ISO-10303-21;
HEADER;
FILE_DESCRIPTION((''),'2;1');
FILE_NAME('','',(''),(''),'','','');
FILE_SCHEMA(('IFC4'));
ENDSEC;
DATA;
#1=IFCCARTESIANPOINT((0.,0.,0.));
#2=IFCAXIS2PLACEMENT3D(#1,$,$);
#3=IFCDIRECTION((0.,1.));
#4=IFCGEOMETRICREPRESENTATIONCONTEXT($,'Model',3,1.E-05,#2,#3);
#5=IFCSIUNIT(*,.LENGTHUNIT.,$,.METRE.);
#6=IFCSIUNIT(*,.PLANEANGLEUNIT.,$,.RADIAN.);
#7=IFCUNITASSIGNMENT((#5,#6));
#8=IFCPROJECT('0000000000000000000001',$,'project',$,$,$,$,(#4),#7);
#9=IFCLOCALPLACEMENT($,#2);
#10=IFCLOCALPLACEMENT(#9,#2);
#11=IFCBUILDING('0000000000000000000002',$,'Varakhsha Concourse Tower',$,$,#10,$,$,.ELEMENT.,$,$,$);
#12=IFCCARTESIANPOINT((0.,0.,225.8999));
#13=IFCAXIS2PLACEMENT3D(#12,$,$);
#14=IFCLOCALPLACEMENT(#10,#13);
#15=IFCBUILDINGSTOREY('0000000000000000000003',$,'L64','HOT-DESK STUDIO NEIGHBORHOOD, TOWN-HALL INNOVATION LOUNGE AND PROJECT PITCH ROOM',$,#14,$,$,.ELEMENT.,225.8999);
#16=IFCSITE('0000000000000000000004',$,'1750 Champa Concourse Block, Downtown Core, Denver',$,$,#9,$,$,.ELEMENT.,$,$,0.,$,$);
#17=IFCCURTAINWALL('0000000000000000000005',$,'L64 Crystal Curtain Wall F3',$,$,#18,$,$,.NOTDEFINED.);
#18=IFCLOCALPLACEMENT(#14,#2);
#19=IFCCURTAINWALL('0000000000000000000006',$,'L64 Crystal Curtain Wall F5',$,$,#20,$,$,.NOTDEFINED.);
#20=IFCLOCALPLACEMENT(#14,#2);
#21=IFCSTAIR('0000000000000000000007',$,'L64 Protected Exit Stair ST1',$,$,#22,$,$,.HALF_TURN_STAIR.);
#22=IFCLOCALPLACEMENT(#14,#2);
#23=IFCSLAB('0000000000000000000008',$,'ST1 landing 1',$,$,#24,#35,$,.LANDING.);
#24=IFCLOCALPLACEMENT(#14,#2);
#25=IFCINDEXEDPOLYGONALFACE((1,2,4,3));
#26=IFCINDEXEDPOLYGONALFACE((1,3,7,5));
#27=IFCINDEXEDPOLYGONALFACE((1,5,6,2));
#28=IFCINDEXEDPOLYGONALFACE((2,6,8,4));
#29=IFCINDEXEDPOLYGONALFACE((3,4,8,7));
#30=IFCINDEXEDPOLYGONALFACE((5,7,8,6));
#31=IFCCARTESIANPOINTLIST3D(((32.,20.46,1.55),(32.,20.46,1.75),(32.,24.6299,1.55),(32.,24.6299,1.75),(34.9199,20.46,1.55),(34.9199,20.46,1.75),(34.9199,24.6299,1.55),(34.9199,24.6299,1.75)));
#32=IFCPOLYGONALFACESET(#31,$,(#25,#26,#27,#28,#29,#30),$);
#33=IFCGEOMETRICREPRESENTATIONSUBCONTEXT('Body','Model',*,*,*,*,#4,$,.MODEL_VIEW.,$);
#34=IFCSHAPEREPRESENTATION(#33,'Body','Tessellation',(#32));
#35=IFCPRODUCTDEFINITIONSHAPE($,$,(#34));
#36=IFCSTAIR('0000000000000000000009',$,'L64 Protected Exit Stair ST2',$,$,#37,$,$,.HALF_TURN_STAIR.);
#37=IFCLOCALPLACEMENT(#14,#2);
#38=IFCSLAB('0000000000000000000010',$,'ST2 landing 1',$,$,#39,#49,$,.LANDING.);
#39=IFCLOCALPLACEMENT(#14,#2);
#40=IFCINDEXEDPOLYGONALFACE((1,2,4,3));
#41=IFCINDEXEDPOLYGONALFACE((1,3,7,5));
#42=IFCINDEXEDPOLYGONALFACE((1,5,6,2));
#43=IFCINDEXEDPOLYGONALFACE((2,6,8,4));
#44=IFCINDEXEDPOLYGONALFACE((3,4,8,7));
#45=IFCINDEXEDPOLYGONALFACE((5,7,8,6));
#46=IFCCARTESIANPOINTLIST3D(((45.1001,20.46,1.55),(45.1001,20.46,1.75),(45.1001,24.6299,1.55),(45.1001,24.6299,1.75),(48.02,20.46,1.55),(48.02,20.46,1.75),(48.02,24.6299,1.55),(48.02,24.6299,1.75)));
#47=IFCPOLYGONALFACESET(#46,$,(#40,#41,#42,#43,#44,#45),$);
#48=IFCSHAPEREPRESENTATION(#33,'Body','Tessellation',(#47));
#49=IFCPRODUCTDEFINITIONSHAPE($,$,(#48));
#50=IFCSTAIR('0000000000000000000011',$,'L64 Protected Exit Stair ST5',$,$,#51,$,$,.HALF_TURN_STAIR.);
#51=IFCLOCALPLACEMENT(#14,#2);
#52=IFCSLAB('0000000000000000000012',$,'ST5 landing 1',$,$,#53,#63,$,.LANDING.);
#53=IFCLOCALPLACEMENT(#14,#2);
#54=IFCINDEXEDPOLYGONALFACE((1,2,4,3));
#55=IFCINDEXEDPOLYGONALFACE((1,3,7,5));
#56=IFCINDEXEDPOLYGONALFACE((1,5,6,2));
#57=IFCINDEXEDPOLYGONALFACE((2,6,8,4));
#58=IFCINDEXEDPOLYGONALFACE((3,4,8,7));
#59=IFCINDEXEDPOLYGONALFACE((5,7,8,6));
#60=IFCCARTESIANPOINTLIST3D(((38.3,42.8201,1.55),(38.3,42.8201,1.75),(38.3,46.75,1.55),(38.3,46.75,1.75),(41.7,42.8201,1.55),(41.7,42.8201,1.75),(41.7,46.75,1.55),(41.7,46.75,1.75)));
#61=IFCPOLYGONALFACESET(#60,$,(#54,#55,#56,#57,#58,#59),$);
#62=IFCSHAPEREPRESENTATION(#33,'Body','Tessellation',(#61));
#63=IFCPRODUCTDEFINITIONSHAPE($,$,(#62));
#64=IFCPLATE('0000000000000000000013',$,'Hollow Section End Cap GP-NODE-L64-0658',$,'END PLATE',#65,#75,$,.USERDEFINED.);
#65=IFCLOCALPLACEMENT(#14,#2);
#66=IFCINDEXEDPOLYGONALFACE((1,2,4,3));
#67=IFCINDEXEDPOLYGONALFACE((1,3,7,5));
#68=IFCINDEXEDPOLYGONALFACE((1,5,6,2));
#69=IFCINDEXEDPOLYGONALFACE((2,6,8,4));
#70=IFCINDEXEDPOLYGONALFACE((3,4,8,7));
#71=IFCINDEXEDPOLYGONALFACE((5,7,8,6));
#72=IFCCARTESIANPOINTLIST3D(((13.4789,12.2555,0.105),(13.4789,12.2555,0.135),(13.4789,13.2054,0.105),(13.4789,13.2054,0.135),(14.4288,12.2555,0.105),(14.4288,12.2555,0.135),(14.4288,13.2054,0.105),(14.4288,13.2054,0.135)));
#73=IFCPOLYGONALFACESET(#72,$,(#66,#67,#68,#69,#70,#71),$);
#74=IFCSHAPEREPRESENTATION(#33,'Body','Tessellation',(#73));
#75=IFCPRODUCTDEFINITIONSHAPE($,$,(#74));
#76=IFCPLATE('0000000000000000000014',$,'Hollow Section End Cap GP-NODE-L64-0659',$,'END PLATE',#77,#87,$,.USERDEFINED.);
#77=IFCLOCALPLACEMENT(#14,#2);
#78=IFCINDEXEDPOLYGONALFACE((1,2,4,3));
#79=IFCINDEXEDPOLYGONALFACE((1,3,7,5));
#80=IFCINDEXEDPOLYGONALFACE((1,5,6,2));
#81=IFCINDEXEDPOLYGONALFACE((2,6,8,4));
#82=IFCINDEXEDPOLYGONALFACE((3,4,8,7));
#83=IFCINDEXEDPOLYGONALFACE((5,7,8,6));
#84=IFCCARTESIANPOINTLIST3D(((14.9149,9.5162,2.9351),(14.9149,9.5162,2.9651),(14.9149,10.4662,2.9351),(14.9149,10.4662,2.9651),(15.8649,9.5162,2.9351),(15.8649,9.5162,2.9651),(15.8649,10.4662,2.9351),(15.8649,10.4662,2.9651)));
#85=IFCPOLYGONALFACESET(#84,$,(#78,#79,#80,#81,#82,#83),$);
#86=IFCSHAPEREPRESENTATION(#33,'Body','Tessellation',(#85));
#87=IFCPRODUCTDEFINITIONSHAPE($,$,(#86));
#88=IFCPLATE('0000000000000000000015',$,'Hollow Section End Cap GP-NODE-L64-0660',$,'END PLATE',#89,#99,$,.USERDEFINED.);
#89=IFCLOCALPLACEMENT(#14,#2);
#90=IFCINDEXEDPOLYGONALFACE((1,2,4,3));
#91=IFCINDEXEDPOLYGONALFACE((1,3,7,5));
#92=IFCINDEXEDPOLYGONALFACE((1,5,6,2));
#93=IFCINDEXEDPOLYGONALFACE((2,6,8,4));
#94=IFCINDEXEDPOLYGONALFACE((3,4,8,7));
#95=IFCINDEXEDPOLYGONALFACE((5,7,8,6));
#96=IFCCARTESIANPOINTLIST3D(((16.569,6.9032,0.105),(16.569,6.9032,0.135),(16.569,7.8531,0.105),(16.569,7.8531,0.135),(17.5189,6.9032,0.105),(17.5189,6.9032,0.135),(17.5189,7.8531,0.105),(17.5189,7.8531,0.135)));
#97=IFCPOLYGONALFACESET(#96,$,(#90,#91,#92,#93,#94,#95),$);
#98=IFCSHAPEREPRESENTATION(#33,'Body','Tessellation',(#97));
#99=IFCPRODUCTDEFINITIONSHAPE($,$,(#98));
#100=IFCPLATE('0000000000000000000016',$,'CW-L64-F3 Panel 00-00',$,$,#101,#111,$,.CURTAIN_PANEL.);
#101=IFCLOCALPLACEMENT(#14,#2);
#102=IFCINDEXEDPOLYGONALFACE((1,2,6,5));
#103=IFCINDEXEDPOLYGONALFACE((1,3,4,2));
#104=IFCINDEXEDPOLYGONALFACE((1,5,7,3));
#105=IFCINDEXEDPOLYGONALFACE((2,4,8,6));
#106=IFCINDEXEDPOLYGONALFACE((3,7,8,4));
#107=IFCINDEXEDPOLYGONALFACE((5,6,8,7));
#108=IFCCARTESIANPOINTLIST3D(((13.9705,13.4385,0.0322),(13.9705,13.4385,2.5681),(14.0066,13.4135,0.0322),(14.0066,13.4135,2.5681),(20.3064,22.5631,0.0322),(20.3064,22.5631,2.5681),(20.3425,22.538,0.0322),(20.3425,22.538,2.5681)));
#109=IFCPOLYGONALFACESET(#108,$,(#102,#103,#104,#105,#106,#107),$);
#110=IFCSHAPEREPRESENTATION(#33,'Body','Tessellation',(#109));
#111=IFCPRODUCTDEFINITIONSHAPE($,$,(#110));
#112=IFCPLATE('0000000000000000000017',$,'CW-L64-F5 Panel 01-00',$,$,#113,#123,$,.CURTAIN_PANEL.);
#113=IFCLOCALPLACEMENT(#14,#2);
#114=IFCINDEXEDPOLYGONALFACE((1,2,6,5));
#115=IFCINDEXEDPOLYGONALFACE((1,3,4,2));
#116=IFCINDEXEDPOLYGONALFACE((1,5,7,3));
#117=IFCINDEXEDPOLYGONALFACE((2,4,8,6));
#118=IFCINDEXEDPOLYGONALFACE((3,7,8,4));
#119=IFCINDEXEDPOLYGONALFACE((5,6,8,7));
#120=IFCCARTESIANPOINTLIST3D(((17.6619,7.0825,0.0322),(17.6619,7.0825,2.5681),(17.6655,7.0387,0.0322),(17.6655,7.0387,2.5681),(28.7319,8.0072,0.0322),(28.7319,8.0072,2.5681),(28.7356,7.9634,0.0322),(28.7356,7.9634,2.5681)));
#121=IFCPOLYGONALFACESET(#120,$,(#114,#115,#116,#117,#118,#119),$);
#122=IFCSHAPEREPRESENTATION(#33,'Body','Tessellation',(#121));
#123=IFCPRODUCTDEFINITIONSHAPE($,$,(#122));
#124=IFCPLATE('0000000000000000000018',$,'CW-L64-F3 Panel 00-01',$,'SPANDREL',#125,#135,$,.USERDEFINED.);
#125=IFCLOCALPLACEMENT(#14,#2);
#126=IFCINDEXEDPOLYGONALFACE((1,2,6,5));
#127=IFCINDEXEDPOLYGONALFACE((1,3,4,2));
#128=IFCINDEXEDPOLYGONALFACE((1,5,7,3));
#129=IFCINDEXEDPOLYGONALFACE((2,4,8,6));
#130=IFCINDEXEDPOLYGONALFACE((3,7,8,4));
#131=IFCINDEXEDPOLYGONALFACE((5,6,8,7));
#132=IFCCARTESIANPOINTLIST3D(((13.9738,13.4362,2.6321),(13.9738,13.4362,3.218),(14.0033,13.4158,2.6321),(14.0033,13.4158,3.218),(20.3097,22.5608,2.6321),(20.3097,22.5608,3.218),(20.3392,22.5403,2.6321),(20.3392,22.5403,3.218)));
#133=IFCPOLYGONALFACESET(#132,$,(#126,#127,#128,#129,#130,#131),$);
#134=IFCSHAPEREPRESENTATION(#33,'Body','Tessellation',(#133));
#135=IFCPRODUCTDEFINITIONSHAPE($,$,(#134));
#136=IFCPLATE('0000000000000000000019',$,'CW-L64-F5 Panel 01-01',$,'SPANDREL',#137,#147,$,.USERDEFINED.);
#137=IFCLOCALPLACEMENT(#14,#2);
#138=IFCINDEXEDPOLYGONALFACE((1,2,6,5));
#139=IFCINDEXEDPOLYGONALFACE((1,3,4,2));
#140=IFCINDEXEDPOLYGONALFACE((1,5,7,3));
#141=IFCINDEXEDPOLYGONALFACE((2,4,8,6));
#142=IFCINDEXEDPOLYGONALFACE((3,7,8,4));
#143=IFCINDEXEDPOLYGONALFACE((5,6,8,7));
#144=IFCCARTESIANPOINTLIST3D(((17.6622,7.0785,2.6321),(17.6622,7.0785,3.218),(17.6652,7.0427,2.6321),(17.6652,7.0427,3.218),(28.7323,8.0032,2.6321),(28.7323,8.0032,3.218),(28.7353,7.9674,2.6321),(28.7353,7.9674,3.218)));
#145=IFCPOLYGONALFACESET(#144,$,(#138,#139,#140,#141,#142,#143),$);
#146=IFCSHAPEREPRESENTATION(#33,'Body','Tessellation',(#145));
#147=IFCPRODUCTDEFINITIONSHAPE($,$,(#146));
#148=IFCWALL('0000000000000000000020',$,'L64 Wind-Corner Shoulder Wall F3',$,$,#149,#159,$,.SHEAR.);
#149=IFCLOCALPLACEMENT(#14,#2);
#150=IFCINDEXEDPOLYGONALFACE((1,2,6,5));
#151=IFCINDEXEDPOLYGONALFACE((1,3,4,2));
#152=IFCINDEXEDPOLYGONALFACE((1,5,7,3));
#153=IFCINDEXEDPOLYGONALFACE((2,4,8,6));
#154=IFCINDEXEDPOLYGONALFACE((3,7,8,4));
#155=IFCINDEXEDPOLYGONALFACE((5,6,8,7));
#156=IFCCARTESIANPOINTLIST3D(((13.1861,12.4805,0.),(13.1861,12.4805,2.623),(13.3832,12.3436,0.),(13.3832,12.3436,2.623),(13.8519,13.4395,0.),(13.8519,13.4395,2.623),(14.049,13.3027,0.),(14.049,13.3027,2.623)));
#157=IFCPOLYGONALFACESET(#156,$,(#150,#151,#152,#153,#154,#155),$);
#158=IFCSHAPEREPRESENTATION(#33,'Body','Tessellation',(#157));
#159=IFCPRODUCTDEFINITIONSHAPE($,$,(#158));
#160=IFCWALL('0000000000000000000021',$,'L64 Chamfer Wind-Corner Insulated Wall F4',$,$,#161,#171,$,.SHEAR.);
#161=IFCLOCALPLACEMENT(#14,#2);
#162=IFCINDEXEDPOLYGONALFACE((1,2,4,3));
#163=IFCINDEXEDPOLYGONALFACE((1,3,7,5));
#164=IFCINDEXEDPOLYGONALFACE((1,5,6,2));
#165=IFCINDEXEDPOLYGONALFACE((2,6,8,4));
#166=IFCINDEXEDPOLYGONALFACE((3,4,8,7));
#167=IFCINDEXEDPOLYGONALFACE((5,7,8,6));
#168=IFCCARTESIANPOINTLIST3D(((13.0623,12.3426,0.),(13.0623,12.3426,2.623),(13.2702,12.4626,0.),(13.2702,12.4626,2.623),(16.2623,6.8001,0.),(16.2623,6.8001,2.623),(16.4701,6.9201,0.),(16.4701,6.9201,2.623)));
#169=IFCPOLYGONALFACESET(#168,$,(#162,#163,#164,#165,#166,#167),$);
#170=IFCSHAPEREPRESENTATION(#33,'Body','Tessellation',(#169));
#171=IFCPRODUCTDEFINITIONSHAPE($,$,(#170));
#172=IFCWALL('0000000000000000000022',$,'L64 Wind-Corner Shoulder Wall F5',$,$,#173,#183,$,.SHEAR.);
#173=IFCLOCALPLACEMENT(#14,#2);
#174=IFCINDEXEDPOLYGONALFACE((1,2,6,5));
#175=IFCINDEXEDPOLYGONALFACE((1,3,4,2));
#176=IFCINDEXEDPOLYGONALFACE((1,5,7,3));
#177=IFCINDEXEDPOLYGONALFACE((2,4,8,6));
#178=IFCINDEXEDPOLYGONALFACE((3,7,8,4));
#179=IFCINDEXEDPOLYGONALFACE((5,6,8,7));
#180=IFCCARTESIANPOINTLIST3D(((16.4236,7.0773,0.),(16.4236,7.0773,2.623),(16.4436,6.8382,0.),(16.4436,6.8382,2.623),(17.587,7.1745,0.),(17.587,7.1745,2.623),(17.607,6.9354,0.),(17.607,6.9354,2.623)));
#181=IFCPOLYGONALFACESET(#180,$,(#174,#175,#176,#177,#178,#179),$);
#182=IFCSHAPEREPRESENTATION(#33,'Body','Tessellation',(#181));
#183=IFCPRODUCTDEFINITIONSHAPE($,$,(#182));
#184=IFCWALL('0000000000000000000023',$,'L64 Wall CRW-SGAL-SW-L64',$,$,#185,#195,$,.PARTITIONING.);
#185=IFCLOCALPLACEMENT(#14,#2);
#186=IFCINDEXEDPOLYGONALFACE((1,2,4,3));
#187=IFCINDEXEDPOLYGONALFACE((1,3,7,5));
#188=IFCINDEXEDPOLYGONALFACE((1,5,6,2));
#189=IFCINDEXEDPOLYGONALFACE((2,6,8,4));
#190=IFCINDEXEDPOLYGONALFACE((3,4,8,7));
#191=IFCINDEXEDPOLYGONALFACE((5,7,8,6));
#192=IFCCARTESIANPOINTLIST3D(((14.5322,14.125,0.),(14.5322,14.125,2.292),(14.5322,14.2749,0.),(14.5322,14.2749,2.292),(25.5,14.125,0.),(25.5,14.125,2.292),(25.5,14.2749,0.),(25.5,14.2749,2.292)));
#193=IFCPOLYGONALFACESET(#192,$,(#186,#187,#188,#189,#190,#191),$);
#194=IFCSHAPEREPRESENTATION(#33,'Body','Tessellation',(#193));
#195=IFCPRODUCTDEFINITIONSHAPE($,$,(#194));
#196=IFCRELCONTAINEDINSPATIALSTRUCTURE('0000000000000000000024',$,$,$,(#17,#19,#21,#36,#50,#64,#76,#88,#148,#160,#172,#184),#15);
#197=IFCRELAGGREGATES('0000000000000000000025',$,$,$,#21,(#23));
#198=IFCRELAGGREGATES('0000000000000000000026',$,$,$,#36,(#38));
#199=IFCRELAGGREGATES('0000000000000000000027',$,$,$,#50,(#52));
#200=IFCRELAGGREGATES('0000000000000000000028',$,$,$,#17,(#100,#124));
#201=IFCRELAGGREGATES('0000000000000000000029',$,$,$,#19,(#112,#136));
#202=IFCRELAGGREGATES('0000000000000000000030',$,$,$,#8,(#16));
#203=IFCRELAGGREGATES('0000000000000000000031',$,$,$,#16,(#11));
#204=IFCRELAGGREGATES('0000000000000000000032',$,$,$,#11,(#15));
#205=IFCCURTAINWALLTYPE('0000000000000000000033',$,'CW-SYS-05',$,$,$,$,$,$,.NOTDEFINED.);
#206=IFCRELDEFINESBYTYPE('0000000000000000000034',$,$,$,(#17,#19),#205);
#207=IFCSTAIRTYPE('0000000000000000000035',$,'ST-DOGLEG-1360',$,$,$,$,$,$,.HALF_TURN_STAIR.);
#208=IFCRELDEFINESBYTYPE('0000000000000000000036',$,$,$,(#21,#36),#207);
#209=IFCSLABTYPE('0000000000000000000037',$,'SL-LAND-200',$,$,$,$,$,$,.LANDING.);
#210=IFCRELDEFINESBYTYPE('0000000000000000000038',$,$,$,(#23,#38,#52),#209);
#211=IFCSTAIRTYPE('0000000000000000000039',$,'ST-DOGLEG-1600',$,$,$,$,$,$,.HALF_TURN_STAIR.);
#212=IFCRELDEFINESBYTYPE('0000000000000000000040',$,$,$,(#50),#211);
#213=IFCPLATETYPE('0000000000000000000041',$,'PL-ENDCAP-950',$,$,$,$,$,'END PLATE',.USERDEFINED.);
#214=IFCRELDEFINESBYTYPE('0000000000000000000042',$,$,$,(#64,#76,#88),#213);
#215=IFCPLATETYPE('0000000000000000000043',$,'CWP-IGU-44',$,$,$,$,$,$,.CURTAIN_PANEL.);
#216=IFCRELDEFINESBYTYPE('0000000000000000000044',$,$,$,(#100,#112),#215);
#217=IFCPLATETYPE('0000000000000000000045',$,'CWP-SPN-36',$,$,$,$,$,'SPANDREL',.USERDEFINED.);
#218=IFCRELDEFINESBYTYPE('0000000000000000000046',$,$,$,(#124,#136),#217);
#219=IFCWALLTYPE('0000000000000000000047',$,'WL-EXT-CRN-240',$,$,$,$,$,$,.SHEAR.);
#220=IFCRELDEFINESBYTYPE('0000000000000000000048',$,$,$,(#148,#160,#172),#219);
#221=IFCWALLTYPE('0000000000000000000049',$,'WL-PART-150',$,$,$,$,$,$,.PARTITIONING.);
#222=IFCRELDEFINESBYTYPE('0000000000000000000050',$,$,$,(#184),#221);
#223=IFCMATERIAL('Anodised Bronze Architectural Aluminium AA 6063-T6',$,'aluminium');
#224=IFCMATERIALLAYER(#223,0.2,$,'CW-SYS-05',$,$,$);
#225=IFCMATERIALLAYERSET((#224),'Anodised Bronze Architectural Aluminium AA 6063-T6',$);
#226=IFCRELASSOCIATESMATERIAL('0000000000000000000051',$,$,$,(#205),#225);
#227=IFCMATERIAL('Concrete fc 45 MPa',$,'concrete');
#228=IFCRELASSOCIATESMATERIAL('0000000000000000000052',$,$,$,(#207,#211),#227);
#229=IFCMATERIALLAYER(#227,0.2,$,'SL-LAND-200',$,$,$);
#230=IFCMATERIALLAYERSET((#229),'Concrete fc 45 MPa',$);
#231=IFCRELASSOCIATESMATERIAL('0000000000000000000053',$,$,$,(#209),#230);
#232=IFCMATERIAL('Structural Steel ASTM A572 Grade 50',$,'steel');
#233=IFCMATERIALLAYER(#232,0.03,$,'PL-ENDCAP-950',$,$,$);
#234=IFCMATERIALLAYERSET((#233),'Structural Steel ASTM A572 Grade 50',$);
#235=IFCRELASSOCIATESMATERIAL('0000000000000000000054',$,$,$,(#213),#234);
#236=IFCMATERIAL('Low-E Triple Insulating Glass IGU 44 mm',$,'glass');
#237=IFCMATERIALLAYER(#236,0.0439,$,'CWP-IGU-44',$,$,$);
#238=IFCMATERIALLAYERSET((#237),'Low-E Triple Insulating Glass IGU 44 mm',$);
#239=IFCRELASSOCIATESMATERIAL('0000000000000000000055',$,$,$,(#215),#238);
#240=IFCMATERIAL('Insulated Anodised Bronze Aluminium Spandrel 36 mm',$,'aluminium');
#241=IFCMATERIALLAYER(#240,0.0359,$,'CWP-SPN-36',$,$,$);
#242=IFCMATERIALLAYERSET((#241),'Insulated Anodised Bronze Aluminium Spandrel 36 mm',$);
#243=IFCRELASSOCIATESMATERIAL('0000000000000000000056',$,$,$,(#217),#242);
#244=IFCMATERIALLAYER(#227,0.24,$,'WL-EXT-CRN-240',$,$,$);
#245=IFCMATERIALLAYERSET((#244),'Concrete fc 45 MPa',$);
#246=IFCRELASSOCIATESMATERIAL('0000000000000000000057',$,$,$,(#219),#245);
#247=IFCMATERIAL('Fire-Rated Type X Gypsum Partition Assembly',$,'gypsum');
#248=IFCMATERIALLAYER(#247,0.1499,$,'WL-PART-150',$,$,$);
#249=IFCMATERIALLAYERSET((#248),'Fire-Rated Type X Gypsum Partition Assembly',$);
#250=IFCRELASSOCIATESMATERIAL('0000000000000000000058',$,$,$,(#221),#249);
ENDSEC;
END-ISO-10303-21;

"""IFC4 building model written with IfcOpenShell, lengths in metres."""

from ifc_helpers import new_model, si_unit, direction, frame, frame_2d, origin, origin_2d, place, context, subcontext, project, spatial, polyline, rectangle, outline, extrude, source, transform, mapped, material, layer, layer_set, type_object, type_shapes, element, aggregate, save


model = new_model("IFC4")

# Units and contexts
model_context = context("Model", 3, precision=1e-05, world=origin(), true_north=direction((0.0, 1.0)))
body_context = subcontext(model_context, "Body", "Model", "MODEL_VIEW")
ifc_project = project(units=[si_unit("LENGTHUNIT", "METRE"), si_unit("PLANEANGLEUNIT", "RADIAN")], contexts=[model_context])

# Site, building, storey
site_placement = place(None, origin())
site = spatial("IfcSite", under=ifc_project, at=site_placement, Name="1750 Champa Concourse Block, Downtown Core, Denver", CompositionType="ELEMENT", RefElevation=0.0)
building_placement = place(site_placement, origin())
building = spatial("IfcBuilding", under=site, at=building_placement, Name="Varakhsha Concourse Tower", CompositionType="ELEMENT")
storey_placement = place(building_placement, frame((0.0, 0.0, 225.8999)))
storey = spatial("IfcBuildingStorey", under=building, at=storey_placement, Name="L64", Description="HOT-DESK STUDIO NEIGHBORHOOD, TOWN-HALL INNOVATION LOUNGE AND PROJECT PITCH ROOM", CompositionType="ELEMENT", Elevation=225.8999)

# Shared definitions
ifc_material_1 = material(Name="Structural Steel ASTM A572 Grade 50", Category="steel")

# Curtain walls
ifc_material_2 = material(Name="Anodised Bronze Architectural Aluminium AA 6063-T6", Category="aluminium")
ifc_layer_1 = layer(ifc_material_2, 0.2, Name="CW-SYS-05")
ifc_layer_set_1 = layer_set([ifc_layer_1], Name="Anodised Bronze Architectural Aluminium AA 6063-T6")
curtain_wall_type = type_object("IfcCurtainWallType", Name="CW-SYS-05", PredefinedType="NOTDEFINED", material=ifc_layer_set_1)
curtain_wall_1_placement = place(storey_placement, origin())
curtain_wall_1 = element("IfcCurtainWall", 1, at=curtain_wall_1_placement, inside=storey, type_object=curtain_wall_type, Name="L64 Crystal Curtain Wall F3", PredefinedType="NOTDEFINED")
curtain_wall_2_placement = place(storey_placement, origin())
curtain_wall_2 = element("IfcCurtainWall", 2, at=curtain_wall_2_placement, inside=storey, type_object=curtain_wall_type, Name="L64 Crystal Curtain Wall F5", PredefinedType="NOTDEFINED")

# Shared definitions
ifc_material_3 = material(Name="Concrete fc 45 MPa", Category="concrete")

# Stairs, slabs
stair_type_1 = type_object("IfcStairType", Name="ST-DOGLEG-1360", PredefinedType="HALF_TURN_STAIR", material=ifc_material_3)
stair_1_placement = place(storey_placement, origin())
stair_1 = element("IfcStair", 3, at=stair_1_placement, inside=storey, type_object=stair_type_1, Name="L64 Protected Exit Stair ST1", PredefinedType="HALF_TURN_STAIR")
ifc_layer_2 = layer(ifc_material_3, 0.2, Name="SL-LAND-200")
ifc_layer_set_2 = layer_set([ifc_layer_2], Name="Concrete fc 45 MPa")
slab_type_1 = type_object("IfcSlabType", Name="SL-LAND-200", PredefinedType="LANDING", material=ifc_layer_set_2)
slab_1_placement = place(storey_placement, frame((0.0, 0.0, 1.55)))
slab_1 = element("IfcSlab", 4, at=slab_1_placement, type_object=slab_type_1, Name="ST1 landing 1", PredefinedType="LANDING", context=body_context, shape_type="SweptSolid", body=[
    extrude(outline(polyline([(34.9199, 20.46), (34.9199, 24.6299), (32.0, 24.6299), (32.0, 20.46), (34.9199, 20.46)])), origin(), (0.0, 0.0, 1.0), 0.2),
])
aggregate(stair_1, [slab_1])
stair_2_placement = place(storey_placement, origin())
stair_2 = element("IfcStair", 5, at=stair_2_placement, inside=storey, type_object=stair_type_1, Name="L64 Protected Exit Stair ST2", PredefinedType="HALF_TURN_STAIR")
slab_2_placement = place(storey_placement, frame((0.0, 0.0, 1.55)))
slab_2 = element("IfcSlab", 6, at=slab_2_placement, type_object=slab_type_1, Name="ST2 landing 1", PredefinedType="LANDING", context=body_context, shape_type="SweptSolid", body=[
    extrude(outline(polyline([(48.02, 20.46), (48.02, 24.6299), (45.1001, 24.6299), (45.1001, 20.46), (48.02, 20.46)])), origin(), (0.0, 0.0, 1.0), 0.2),
])
aggregate(stair_2, [slab_2])
stair_type_2 = type_object("IfcStairType", Name="ST-DOGLEG-1600", PredefinedType="HALF_TURN_STAIR", material=ifc_material_3)
stair_3_placement = place(storey_placement, origin())
stair_3 = element("IfcStair", 7, at=stair_3_placement, inside=storey, type_object=stair_type_2, Name="L64 Protected Exit Stair ST5", PredefinedType="HALF_TURN_STAIR")
slab_3_placement = place(storey_placement, frame((0.0, 0.0, 1.55)))
slab_3 = element("IfcSlab", 8, at=slab_3_placement, type_object=slab_type_1, Name="ST5 landing 1", PredefinedType="LANDING", context=body_context, shape_type="SweptSolid", body=[
    extrude(outline(polyline([(41.7, 42.8201), (41.7, 46.75), (38.3, 46.75), (38.3, 42.8201), (41.7, 42.8201)])), origin(), (0.0, 0.0, 1.0), 0.2),
])
aggregate(stair_3, [slab_3])

# Plates
ifc_layer_3 = layer(ifc_material_1, 0.03, Name="PL-ENDCAP-950")
ifc_layer_set_3 = layer_set([ifc_layer_3], Name="Structural Steel ASTM A572 Grade 50")
plate_type_1 = type_object("IfcPlateType", Name="PL-ENDCAP-950", ElementType="END PLATE", PredefinedType="USERDEFINED", material=ifc_layer_set_3)
shared_shape_1 = source(origin(), body_context, "Body", "SweptSolid", [
    extrude(rectangle(XDim=0.95, YDim=0.95, at=origin_2d()), origin(), (0.0, 0.0, 1.0), 0.03),
])
type_shapes(plate_type_1, [shared_shape_1])
for number, where, z_axis, x_axis, name in (
    (9, (13.9539, 12.7305, 0.105), (0.0, 0.0, 1.0), (1.0, 0.0, 0.0), "Hollow Section End Cap GP-NODE-L64-0658"),
    (10, (15.3899, 9.9912, 2.9351), (0.0, 0.0, 1.0), (1.0, 0.0, 0.0), "Hollow Section End Cap GP-NODE-L64-0659"),
    (11, (17.0439, 7.3782, 0.105), (0.0, 0.0, 1.0), (1.0, 0.0, 0.0), "Hollow Section End Cap GP-NODE-L64-0660"),
):
    element("IfcPlate", number, at=place(storey_placement, frame(where, z_axis=z_axis, x_axis=x_axis)), inside=storey, type_object=plate_type_1, Name=name, ObjectType="END PLATE", PredefinedType="USERDEFINED", context=body_context, shape_type="MappedRepresentation", body=[
        mapped(shared_shape_1, transform((0.0, 0.0, 0.0), scale=1.0)),
    ])

# Plates
ifc_material_4 = material(Name="Low-E Triple Insulating Glass IGU 44 mm", Category="glass")
ifc_layer_4 = layer(ifc_material_4, 0.0439, Name="CWP-IGU-44")
ifc_layer_set_4 = layer_set([ifc_layer_4], Name="Low-E Triple Insulating Glass IGU 44 mm")
plate_type_2 = type_object("IfcPlateType", Name="CWP-IGU-44", PredefinedType="CURTAIN_PANEL", material=ifc_layer_set_4)
shared_shape_2 = source(origin(), body_context, "Body", "SweptSolid", [
    extrude(rectangle(XDim=11.1086, YDim=0.0439, at=origin_2d()), origin(), (0.0, 0.0, 1.0), 2.5359),
])
type_shapes(plate_type_2, [shared_shape_2])
plate_1_placement = place(storey_placement, frame((17.1565, 17.9883, 0.0322), z_axis=(0.0, 0.0, 1.0), x_axis=(0.570361, 0.821394, 0.0)))
plate_1 = element("IfcPlate", 12, at=plate_1_placement, type_object=plate_type_2, Name="CW-L64-F3 Panel 00-00", PredefinedType="CURTAIN_PANEL", context=body_context, shape_type="MappedRepresentation", body=[
    mapped(shared_shape_2, transform((0.0, 0.0, 0.0), scale=1.0)),
])
plate_2_placement = place(storey_placement, frame((23.1987, 7.5229, 0.0322), z_axis=(0.0, 0.0, 1.0), x_axis=(-0.996529, -0.083247, 0.0)))
plate_2 = element("IfcPlate", 13, at=plate_2_placement, type_object=plate_type_2, Name="CW-L64-F5 Panel 01-00", PredefinedType="CURTAIN_PANEL", context=body_context, shape_type="MappedRepresentation", body=[
    mapped(shared_shape_2, transform((0.0, 0.0, 0.0), scale=1.0)),
])
ifc_material_5 = material(Name="Insulated Anodised Bronze Aluminium Spandrel 36 mm", Category="aluminium")
ifc_layer_5 = layer(ifc_material_5, 0.0359, Name="CWP-SPN-36")
ifc_layer_set_5 = layer_set([ifc_layer_5], Name="Insulated Anodised Bronze Aluminium Spandrel 36 mm")
plate_type_3 = type_object("IfcPlateType", Name="CWP-SPN-36", ElementType="SPANDREL", PredefinedType="USERDEFINED", material=ifc_layer_set_5)
shared_shape_3 = source(origin(), body_context, "Body", "SweptSolid", [
    extrude(rectangle(XDim=11.1086, YDim=0.0359, at=origin_2d()), origin(), (0.0, 0.0, 1.0), 0.5859),
])
type_shapes(plate_type_3, [shared_shape_3])
plate_3_placement = place(storey_placement, frame((17.1565, 17.9883, 2.6321), z_axis=(0.0, 0.0, 1.0), x_axis=(0.570361, 0.821394, 0.0)))
plate_3 = element("IfcPlate", 14, at=plate_3_placement, type_object=plate_type_3, Name="CW-L64-F3 Panel 00-01", ObjectType="SPANDREL", PredefinedType="USERDEFINED", context=body_context, shape_type="MappedRepresentation", body=[
    mapped(shared_shape_3, transform((0.0, 0.0, 0.0), scale=1.0)),
])
aggregate(curtain_wall_1, [plate_1, plate_3])
plate_4_placement = place(storey_placement, frame((23.1987, 7.5229, 2.6321), z_axis=(0.0, 0.0, 1.0), x_axis=(-0.996529, -0.083247, 0.0)))
plate_4 = element("IfcPlate", 15, at=plate_4_placement, type_object=plate_type_3, Name="CW-L64-F5 Panel 01-01", ObjectType="SPANDREL", PredefinedType="USERDEFINED", context=body_context, shape_type="MappedRepresentation", body=[
    mapped(shared_shape_3, transform((0.0, 0.0, 0.0), scale=1.0)),
])
aggregate(curtain_wall_2, [plate_2, plate_4])

# Walls
ifc_layer_6 = layer(ifc_material_3, 0.24, Name="WL-EXT-CRN-240")
ifc_layer_set_6 = layer_set([ifc_layer_6], Name="Concrete fc 45 MPa")
wall_type_1 = type_object("IfcWallType", Name="WL-EXT-CRN-240", PredefinedType="SHEAR", material=ifc_layer_set_6)
wall_1_placement = place(storey_placement, frame((13.9504, 13.3711, 0.0), z_axis=(0.0, 0.0, 1.0), x_axis=(-0.570286, -0.821446, 0.0)))
element("IfcWall", 16, at=wall_1_placement, inside=storey, type_object=wall_type_1, Name="L64 Wind-Corner Shoulder Wall F3", PredefinedType="SHEAR", context=body_context, shape_type="SweptSolid", body=[
    extrude(rectangle(XDim=1.1675, YDim=0.24, at=frame_2d((0.5837, 0.0))), origin(), (0.0, 0.0, 1.0), 2.623),
])
wall_2_placement = place(storey_placement, frame((16.3662, 6.8601, 0.0), z_axis=(0.0, 0.0, 1.0), x_axis=(-0.5, 0.866025, 0.0)))
element("IfcWall", 17, at=wall_2_placement, inside=storey, type_object=wall_type_1, Name="L64 Chamfer Wind-Corner Insulated Wall F4", PredefinedType="SHEAR", context=body_context, shape_type="SweptSolid", body=[
    extrude(rectangle(XDim=6.3999, YDim=0.24, at=frame_2d((3.2, 0.0))), origin(), (0.0, 0.0, 1.0), 2.623),
])
wall_3_placement = place(storey_placement, frame((16.4336, 6.9578, 0.0), z_axis=(0.0, 0.0, 1.0), x_axis=(0.99653, 0.083236, 0.0)))
element("IfcWall", 18, at=wall_3_placement, inside=storey, type_object=wall_type_1, Name="L64 Wind-Corner Shoulder Wall F5", PredefinedType="SHEAR", context=body_context, shape_type="SweptSolid", body=[
    extrude(rectangle(XDim=1.1675, YDim=0.24, at=frame_2d((0.5837, 0.0))), origin(), (0.0, 0.0, 1.0), 2.623),
])
ifc_material_6 = material(Name="Fire-Rated Type X Gypsum Partition Assembly", Category="gypsum")
ifc_layer_7 = layer(ifc_material_6, 0.1499, Name="WL-PART-150")
ifc_layer_set_7 = layer_set([ifc_layer_7], Name="Fire-Rated Type X Gypsum Partition Assembly")
wall_type_2 = type_object("IfcWallType", Name="WL-PART-150", PredefinedType="PARTITIONING", material=ifc_layer_set_7)
wall_4_placement = place(storey_placement, frame((14.5322, 14.2, 0.0), z_axis=(0.0, 0.0, 1.0), x_axis=(1.0, 0.0, 0.0)))
element("IfcWall", 19, at=wall_4_placement, inside=storey, type_object=wall_type_2, Name="L64 Wall CRW-SGAL-SW-L64", PredefinedType="PARTITIONING", context=body_context, shape_type="SweptSolid", body=[
    extrude(rectangle(XDim=10.9678, YDim=0.1499, at=frame_2d((5.4839, 0.0))), origin(), (0.0, 0.0, 1.0), 2.292),
])

save(model, "model.ifc")
